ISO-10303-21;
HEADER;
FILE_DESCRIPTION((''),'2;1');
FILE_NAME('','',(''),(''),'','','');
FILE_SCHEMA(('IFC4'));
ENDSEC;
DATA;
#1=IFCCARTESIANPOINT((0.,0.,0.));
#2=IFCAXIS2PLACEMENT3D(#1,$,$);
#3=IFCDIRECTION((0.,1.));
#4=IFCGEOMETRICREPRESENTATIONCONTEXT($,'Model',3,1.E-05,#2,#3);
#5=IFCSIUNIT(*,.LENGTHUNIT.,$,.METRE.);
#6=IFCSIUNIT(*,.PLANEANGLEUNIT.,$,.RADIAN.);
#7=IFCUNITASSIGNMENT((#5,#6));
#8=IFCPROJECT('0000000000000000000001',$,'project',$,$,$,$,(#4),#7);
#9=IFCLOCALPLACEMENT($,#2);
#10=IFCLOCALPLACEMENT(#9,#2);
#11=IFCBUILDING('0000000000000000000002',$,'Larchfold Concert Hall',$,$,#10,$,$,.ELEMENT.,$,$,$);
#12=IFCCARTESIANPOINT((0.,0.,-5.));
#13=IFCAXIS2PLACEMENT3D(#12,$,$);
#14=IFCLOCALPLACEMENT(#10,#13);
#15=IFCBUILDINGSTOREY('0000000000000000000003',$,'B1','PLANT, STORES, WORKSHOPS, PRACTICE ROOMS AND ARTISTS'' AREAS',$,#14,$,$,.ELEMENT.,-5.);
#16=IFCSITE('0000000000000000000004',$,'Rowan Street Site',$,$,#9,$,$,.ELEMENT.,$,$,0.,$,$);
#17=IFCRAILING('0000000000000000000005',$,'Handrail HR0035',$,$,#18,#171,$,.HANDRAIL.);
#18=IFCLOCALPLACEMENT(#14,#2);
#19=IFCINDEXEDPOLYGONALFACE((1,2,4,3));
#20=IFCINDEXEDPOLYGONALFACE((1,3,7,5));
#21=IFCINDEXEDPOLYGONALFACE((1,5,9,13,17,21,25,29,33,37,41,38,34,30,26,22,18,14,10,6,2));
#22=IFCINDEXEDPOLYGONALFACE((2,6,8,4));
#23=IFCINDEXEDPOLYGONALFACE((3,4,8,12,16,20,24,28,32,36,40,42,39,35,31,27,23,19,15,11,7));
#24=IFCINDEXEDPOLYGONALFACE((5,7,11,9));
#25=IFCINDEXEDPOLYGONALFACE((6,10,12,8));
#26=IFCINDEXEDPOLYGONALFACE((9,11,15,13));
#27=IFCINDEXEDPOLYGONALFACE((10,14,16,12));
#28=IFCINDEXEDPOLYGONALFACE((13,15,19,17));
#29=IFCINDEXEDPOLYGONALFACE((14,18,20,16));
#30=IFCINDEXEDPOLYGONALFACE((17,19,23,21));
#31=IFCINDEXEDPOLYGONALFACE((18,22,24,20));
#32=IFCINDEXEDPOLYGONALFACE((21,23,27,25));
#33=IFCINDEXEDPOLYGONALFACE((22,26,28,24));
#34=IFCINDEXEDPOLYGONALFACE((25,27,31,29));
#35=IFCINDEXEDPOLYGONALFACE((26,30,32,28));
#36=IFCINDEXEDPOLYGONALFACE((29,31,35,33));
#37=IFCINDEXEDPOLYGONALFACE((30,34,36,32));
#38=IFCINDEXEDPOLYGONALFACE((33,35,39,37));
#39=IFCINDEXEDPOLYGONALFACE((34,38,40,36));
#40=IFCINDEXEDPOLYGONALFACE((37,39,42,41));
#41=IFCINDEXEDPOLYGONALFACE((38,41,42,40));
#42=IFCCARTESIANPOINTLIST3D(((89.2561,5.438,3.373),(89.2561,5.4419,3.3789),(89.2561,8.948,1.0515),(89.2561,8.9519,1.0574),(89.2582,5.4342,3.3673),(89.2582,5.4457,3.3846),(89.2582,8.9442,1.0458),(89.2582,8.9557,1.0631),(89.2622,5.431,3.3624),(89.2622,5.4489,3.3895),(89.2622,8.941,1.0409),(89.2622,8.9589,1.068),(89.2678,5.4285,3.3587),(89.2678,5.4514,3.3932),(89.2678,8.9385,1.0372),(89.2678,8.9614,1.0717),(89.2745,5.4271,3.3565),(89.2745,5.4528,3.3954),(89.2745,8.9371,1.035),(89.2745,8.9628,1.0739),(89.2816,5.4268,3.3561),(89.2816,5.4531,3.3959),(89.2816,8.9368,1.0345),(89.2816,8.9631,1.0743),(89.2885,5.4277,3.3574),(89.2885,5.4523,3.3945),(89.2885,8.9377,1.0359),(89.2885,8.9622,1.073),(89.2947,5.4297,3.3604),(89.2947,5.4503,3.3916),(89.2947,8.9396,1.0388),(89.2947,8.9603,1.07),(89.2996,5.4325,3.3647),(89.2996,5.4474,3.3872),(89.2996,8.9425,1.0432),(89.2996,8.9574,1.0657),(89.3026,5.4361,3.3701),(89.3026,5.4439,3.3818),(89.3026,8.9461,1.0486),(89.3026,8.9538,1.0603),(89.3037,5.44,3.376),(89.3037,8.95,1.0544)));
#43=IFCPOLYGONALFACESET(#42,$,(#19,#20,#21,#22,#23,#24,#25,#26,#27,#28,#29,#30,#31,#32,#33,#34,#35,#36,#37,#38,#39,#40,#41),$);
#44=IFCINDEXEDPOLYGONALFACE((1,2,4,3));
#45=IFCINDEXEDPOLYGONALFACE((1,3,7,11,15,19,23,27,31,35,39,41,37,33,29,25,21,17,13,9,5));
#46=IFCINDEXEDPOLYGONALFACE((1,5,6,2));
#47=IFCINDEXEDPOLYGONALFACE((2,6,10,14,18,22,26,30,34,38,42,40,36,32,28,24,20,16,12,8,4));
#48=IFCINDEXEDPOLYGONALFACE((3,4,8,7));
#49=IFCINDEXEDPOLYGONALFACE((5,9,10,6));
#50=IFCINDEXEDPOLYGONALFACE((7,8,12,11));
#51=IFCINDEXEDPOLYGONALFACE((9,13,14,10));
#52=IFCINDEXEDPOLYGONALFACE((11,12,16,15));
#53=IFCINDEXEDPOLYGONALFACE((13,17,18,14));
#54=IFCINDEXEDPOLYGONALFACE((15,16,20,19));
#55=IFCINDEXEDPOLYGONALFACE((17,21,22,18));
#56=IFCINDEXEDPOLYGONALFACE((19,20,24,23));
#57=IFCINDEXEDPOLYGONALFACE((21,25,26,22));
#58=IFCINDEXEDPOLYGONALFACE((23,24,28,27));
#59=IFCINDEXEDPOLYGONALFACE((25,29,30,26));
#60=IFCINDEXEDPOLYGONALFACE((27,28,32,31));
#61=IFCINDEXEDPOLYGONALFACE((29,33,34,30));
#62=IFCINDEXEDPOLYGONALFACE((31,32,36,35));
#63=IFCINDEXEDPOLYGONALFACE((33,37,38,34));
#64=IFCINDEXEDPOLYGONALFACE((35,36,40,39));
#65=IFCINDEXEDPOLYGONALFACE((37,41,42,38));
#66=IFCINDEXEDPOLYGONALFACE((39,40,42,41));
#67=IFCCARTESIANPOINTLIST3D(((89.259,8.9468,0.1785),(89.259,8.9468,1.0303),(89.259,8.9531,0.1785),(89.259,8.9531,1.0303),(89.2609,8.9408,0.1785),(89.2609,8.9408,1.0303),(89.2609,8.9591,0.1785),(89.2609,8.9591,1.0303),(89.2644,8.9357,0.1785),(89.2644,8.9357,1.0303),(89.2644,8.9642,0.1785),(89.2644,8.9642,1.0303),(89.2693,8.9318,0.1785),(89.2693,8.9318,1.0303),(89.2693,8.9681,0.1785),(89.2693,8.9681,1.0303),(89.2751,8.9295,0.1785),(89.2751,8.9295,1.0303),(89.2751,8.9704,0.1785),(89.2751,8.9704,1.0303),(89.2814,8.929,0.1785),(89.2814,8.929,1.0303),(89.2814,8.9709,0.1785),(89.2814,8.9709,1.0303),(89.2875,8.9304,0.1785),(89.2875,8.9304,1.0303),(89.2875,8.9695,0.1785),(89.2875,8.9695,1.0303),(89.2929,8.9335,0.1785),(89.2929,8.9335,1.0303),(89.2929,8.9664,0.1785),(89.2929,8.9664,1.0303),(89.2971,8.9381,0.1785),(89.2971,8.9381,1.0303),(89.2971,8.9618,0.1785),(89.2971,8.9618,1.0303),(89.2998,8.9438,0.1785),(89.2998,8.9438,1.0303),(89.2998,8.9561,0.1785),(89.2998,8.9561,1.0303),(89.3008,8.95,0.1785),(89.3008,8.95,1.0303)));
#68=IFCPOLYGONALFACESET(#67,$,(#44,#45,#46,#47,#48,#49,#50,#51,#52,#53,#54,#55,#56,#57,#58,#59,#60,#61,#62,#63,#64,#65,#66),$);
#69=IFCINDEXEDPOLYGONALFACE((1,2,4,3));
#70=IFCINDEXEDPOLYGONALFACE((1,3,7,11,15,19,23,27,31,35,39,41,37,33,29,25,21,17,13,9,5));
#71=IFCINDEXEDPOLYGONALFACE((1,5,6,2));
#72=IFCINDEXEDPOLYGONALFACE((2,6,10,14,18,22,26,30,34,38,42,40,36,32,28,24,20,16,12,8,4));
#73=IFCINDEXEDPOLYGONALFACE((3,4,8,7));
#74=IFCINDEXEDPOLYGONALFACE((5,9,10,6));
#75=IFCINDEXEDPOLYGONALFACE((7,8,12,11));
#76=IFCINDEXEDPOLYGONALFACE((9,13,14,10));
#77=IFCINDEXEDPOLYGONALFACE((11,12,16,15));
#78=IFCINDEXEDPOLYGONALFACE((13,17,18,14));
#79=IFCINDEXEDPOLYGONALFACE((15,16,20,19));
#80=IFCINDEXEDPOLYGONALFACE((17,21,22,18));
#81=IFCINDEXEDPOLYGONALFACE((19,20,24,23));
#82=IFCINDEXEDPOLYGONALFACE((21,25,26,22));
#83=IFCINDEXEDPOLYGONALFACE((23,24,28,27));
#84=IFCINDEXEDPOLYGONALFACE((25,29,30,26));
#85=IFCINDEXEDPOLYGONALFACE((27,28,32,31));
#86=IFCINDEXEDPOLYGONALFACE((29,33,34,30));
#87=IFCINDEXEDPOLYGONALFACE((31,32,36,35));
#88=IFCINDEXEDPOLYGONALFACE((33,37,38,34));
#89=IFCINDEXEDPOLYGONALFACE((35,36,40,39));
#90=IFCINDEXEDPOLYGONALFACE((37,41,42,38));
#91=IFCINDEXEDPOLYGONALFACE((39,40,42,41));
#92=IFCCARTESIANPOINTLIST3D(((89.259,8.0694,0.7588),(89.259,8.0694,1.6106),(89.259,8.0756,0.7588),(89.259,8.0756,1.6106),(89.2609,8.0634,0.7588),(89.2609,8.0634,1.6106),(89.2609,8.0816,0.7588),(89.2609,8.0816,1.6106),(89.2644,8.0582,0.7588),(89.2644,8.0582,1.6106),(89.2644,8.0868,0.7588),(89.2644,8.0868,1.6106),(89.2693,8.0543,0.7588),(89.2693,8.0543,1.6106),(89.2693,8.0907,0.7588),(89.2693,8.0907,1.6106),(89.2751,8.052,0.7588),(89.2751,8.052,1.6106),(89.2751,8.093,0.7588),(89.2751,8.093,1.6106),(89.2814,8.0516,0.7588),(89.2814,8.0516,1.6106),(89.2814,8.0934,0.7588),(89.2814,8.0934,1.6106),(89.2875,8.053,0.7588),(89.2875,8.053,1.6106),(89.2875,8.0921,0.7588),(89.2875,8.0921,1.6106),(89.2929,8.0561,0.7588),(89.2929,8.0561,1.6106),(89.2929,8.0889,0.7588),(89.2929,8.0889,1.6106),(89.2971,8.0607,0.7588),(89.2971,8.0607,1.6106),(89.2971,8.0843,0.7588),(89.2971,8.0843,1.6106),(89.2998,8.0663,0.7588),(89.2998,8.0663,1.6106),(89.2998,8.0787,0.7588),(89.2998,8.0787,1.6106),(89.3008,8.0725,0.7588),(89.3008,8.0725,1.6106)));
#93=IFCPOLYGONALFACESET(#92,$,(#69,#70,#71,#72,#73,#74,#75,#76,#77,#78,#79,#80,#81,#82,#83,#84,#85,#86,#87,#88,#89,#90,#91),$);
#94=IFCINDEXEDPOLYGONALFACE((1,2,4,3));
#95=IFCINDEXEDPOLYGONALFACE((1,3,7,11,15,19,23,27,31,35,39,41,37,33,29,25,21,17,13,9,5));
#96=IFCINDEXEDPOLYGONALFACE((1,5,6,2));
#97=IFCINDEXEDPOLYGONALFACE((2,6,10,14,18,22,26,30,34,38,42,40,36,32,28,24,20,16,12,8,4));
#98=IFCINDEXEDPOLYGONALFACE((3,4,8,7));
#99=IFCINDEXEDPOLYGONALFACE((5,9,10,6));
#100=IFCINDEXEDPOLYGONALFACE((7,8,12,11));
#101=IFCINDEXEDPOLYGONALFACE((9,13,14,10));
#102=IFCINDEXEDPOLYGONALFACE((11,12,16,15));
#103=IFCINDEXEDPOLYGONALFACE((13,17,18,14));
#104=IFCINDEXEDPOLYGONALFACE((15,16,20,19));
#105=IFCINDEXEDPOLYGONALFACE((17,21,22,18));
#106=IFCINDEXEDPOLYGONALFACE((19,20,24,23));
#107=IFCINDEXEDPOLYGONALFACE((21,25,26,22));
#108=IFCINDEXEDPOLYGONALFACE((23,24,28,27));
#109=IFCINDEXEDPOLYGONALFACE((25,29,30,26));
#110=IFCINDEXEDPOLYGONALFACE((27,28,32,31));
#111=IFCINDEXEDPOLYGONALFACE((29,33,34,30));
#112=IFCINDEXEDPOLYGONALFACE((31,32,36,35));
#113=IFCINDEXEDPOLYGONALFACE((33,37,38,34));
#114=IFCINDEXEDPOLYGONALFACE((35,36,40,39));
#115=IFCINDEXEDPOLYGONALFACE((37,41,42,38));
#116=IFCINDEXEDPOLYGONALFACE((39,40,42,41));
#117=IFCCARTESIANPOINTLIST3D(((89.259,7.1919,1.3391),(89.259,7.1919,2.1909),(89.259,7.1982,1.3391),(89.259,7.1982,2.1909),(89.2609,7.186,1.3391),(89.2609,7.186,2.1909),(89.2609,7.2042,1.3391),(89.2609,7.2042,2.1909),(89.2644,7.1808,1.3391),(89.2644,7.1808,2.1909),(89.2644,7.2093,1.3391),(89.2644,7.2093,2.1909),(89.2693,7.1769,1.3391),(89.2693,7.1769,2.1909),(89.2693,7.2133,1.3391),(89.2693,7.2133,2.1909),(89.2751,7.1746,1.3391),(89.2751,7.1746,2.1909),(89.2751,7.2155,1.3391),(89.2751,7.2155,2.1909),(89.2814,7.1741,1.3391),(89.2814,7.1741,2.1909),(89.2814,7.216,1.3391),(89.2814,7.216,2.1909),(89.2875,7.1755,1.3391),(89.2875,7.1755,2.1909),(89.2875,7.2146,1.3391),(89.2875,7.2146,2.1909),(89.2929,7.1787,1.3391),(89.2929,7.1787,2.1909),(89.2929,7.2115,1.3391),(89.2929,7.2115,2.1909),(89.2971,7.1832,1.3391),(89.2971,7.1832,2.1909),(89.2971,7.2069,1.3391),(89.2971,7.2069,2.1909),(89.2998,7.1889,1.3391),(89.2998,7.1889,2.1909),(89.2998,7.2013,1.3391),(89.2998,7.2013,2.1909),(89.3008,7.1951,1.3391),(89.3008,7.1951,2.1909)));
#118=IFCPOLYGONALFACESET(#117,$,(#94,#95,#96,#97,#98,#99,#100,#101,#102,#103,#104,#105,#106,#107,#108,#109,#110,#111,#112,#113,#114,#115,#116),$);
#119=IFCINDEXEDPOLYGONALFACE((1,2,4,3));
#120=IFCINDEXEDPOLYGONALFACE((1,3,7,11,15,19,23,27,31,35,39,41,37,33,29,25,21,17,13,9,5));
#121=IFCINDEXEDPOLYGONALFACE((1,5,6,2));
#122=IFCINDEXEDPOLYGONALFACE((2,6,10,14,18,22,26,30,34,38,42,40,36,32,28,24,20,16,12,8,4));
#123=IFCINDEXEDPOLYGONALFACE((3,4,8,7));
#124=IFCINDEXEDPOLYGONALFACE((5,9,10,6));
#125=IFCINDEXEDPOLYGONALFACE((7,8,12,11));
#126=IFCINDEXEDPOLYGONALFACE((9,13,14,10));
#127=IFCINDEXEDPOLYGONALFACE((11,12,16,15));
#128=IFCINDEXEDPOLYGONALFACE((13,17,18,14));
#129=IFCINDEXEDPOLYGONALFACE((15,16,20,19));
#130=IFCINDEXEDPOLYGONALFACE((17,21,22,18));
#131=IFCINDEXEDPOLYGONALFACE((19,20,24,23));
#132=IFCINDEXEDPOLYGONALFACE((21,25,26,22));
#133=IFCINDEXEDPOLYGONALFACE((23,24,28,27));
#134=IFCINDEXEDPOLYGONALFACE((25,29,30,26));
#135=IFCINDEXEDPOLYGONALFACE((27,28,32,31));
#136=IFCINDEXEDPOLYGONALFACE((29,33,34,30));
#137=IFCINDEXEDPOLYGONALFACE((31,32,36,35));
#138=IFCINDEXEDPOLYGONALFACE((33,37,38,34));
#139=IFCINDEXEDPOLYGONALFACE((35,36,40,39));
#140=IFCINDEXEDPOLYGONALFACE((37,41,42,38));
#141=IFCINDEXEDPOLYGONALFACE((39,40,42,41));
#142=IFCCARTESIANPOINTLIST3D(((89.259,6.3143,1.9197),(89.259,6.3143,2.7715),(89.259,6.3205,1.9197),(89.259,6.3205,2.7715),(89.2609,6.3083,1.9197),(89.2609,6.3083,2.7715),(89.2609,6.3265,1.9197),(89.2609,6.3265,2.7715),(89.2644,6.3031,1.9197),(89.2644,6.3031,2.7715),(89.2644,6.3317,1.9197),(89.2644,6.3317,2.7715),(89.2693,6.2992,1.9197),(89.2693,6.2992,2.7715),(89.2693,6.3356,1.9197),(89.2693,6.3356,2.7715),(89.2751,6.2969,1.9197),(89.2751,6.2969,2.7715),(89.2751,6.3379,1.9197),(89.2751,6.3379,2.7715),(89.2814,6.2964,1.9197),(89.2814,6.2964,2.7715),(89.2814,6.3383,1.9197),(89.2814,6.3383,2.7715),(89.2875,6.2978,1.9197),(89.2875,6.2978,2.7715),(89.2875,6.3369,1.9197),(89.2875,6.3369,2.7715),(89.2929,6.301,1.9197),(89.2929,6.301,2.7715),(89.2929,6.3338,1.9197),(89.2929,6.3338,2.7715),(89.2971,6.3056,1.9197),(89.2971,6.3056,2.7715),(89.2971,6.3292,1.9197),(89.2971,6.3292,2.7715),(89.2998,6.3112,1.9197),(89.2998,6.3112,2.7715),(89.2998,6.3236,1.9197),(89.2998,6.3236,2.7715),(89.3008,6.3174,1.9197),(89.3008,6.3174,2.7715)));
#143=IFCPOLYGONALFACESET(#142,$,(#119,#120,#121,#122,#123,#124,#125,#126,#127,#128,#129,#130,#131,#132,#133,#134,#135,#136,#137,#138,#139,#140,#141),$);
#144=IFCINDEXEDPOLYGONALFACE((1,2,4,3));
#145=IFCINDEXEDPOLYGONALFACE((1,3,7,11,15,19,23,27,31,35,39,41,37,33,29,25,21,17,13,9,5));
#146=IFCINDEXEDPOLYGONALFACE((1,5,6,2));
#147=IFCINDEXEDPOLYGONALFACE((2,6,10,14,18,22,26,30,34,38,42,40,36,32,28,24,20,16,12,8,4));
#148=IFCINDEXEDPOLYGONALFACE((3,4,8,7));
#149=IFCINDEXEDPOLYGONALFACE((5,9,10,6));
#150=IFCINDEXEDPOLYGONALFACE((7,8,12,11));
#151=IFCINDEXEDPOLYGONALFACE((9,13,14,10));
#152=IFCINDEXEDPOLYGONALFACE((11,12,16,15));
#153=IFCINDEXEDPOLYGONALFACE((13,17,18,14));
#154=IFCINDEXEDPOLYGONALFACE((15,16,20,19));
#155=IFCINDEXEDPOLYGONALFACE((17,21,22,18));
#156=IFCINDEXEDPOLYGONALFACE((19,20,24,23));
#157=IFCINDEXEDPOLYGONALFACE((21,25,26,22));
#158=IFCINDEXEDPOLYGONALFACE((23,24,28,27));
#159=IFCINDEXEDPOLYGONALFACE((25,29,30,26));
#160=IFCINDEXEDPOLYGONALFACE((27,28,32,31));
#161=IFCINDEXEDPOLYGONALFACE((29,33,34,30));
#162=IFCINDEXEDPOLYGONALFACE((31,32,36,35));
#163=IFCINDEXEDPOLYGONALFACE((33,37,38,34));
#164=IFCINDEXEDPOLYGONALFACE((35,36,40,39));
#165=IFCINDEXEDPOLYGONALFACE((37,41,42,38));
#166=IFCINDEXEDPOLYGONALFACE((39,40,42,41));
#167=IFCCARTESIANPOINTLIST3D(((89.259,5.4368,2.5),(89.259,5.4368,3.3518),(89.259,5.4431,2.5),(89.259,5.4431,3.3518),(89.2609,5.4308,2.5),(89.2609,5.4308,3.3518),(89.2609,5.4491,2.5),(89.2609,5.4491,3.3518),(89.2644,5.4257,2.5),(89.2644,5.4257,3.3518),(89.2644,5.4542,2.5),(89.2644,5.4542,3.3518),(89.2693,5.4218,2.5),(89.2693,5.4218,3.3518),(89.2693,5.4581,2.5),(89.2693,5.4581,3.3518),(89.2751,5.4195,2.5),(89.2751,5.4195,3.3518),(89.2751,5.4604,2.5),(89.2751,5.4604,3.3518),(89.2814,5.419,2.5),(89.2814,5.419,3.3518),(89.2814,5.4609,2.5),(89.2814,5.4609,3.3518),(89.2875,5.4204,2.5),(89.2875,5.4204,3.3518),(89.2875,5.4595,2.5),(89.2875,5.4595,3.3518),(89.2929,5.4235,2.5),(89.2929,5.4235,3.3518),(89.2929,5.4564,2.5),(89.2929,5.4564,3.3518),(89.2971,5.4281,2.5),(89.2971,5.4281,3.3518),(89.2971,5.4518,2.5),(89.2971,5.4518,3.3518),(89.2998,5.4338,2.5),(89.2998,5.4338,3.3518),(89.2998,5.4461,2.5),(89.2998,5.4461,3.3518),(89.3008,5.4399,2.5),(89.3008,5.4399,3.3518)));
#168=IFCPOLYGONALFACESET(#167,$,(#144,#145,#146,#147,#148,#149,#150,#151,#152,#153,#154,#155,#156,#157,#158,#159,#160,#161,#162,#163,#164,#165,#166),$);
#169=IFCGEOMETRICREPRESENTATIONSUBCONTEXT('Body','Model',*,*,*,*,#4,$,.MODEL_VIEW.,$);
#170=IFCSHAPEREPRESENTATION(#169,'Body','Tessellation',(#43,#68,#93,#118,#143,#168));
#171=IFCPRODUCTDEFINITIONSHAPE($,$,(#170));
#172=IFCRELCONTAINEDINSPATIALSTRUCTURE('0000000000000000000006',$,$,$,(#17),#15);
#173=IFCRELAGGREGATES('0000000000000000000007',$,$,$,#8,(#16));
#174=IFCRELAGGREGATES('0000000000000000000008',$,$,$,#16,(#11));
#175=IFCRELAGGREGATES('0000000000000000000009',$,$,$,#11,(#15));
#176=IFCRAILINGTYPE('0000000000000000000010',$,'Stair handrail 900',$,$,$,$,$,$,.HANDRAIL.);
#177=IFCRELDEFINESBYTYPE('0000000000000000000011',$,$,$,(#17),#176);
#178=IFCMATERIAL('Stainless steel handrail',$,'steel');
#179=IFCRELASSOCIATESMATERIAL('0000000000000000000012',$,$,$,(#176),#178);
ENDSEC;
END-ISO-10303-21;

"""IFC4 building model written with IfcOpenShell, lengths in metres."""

from ifc_helpers import new_model, si_unit, direction, frame, origin, origin_2d, place, context, subcontext, project, spatial, circle, extrude, material, type_object, element, save


model = new_model("IFC4")

# Units and contexts
model_context = context("Model", 3, precision=1e-05, world=origin(), true_north=direction((0.0, 1.0)))
body_context = subcontext(model_context, "Body", "Model", "MODEL_VIEW")
ifc_project = project(units=[si_unit("LENGTHUNIT", "METRE"), si_unit("PLANEANGLEUNIT", "RADIAN")], contexts=[model_context])

# Site, building, storey
site_placement = place(None, origin())
site = spatial("IfcSite", under=ifc_project, at=site_placement, Name="Rowan Street Site", CompositionType="ELEMENT", RefElevation=0.0)
building_placement = place(site_placement, origin())
building = spatial("IfcBuilding", under=site, at=building_placement, Name="Larchfold Concert Hall", CompositionType="ELEMENT")
storey_placement = place(building_placement, frame((0.0, 0.0, -5.0)))
storey = spatial("IfcBuildingStorey", under=building, at=storey_placement, Name="B1", Description="PLANT, STORES, WORKSHOPS, PRACTICE ROOMS AND ARTISTS' AREAS", CompositionType="ELEMENT", Elevation=-5.0)

# Railing
ifc_material_1 = material(Name="Stainless steel handrail", Category="steel")
railing_type_1 = type_object("IfcRailingType", Name="Stair handrail 900", PredefinedType="HANDRAIL", material=ifc_material_1)
for number, where, name in (
    (1, (89.2798, 8.95, 0.1785), "Handrail HR0035"),
):
    element("IfcRailing", number, at=place(storey_placement, frame(where)), inside=storey, type_object=railing_type_1, Name=name, PredefinedType="HANDRAIL", context=body_context, shape_type="SweptSolid", body=[
        extrude(circle(Radius=0.0239, at=origin_2d()), frame((0.0, 0.0, 0.876), z_axis=(0.0, -0.834071, 0.551657), x_axis=(1.0, 0.0, 0.0)), (0.0, 0.0, 1.0), 4.2083),
        extrude(circle(Radius=0.021, at=origin_2d()), origin(), (0.0, 0.0, 1.0), 0.8518),
        extrude(circle(Radius=0.021, at=origin_2d()), frame((0.0, -0.8774, 0.5803)), (0.0, 0.0, 1.0), 0.8518),
        extrude(circle(Radius=0.021, at=origin_2d()), frame((0.0, -1.7549, 1.1606)), (0.0, 0.0, 1.0), 0.8518),
        extrude(circle(Radius=0.021, at=origin_2d()), frame((0.0, -2.6326, 1.7412)), (0.0, 0.0, 1.0), 0.8518),
        extrude(circle(Radius=0.021, at=origin_2d()), frame((0.0, -3.51, 2.3215)), (0.0, 0.0, 1.0), 0.8518),
    ])

save(model, "model.ifc")
